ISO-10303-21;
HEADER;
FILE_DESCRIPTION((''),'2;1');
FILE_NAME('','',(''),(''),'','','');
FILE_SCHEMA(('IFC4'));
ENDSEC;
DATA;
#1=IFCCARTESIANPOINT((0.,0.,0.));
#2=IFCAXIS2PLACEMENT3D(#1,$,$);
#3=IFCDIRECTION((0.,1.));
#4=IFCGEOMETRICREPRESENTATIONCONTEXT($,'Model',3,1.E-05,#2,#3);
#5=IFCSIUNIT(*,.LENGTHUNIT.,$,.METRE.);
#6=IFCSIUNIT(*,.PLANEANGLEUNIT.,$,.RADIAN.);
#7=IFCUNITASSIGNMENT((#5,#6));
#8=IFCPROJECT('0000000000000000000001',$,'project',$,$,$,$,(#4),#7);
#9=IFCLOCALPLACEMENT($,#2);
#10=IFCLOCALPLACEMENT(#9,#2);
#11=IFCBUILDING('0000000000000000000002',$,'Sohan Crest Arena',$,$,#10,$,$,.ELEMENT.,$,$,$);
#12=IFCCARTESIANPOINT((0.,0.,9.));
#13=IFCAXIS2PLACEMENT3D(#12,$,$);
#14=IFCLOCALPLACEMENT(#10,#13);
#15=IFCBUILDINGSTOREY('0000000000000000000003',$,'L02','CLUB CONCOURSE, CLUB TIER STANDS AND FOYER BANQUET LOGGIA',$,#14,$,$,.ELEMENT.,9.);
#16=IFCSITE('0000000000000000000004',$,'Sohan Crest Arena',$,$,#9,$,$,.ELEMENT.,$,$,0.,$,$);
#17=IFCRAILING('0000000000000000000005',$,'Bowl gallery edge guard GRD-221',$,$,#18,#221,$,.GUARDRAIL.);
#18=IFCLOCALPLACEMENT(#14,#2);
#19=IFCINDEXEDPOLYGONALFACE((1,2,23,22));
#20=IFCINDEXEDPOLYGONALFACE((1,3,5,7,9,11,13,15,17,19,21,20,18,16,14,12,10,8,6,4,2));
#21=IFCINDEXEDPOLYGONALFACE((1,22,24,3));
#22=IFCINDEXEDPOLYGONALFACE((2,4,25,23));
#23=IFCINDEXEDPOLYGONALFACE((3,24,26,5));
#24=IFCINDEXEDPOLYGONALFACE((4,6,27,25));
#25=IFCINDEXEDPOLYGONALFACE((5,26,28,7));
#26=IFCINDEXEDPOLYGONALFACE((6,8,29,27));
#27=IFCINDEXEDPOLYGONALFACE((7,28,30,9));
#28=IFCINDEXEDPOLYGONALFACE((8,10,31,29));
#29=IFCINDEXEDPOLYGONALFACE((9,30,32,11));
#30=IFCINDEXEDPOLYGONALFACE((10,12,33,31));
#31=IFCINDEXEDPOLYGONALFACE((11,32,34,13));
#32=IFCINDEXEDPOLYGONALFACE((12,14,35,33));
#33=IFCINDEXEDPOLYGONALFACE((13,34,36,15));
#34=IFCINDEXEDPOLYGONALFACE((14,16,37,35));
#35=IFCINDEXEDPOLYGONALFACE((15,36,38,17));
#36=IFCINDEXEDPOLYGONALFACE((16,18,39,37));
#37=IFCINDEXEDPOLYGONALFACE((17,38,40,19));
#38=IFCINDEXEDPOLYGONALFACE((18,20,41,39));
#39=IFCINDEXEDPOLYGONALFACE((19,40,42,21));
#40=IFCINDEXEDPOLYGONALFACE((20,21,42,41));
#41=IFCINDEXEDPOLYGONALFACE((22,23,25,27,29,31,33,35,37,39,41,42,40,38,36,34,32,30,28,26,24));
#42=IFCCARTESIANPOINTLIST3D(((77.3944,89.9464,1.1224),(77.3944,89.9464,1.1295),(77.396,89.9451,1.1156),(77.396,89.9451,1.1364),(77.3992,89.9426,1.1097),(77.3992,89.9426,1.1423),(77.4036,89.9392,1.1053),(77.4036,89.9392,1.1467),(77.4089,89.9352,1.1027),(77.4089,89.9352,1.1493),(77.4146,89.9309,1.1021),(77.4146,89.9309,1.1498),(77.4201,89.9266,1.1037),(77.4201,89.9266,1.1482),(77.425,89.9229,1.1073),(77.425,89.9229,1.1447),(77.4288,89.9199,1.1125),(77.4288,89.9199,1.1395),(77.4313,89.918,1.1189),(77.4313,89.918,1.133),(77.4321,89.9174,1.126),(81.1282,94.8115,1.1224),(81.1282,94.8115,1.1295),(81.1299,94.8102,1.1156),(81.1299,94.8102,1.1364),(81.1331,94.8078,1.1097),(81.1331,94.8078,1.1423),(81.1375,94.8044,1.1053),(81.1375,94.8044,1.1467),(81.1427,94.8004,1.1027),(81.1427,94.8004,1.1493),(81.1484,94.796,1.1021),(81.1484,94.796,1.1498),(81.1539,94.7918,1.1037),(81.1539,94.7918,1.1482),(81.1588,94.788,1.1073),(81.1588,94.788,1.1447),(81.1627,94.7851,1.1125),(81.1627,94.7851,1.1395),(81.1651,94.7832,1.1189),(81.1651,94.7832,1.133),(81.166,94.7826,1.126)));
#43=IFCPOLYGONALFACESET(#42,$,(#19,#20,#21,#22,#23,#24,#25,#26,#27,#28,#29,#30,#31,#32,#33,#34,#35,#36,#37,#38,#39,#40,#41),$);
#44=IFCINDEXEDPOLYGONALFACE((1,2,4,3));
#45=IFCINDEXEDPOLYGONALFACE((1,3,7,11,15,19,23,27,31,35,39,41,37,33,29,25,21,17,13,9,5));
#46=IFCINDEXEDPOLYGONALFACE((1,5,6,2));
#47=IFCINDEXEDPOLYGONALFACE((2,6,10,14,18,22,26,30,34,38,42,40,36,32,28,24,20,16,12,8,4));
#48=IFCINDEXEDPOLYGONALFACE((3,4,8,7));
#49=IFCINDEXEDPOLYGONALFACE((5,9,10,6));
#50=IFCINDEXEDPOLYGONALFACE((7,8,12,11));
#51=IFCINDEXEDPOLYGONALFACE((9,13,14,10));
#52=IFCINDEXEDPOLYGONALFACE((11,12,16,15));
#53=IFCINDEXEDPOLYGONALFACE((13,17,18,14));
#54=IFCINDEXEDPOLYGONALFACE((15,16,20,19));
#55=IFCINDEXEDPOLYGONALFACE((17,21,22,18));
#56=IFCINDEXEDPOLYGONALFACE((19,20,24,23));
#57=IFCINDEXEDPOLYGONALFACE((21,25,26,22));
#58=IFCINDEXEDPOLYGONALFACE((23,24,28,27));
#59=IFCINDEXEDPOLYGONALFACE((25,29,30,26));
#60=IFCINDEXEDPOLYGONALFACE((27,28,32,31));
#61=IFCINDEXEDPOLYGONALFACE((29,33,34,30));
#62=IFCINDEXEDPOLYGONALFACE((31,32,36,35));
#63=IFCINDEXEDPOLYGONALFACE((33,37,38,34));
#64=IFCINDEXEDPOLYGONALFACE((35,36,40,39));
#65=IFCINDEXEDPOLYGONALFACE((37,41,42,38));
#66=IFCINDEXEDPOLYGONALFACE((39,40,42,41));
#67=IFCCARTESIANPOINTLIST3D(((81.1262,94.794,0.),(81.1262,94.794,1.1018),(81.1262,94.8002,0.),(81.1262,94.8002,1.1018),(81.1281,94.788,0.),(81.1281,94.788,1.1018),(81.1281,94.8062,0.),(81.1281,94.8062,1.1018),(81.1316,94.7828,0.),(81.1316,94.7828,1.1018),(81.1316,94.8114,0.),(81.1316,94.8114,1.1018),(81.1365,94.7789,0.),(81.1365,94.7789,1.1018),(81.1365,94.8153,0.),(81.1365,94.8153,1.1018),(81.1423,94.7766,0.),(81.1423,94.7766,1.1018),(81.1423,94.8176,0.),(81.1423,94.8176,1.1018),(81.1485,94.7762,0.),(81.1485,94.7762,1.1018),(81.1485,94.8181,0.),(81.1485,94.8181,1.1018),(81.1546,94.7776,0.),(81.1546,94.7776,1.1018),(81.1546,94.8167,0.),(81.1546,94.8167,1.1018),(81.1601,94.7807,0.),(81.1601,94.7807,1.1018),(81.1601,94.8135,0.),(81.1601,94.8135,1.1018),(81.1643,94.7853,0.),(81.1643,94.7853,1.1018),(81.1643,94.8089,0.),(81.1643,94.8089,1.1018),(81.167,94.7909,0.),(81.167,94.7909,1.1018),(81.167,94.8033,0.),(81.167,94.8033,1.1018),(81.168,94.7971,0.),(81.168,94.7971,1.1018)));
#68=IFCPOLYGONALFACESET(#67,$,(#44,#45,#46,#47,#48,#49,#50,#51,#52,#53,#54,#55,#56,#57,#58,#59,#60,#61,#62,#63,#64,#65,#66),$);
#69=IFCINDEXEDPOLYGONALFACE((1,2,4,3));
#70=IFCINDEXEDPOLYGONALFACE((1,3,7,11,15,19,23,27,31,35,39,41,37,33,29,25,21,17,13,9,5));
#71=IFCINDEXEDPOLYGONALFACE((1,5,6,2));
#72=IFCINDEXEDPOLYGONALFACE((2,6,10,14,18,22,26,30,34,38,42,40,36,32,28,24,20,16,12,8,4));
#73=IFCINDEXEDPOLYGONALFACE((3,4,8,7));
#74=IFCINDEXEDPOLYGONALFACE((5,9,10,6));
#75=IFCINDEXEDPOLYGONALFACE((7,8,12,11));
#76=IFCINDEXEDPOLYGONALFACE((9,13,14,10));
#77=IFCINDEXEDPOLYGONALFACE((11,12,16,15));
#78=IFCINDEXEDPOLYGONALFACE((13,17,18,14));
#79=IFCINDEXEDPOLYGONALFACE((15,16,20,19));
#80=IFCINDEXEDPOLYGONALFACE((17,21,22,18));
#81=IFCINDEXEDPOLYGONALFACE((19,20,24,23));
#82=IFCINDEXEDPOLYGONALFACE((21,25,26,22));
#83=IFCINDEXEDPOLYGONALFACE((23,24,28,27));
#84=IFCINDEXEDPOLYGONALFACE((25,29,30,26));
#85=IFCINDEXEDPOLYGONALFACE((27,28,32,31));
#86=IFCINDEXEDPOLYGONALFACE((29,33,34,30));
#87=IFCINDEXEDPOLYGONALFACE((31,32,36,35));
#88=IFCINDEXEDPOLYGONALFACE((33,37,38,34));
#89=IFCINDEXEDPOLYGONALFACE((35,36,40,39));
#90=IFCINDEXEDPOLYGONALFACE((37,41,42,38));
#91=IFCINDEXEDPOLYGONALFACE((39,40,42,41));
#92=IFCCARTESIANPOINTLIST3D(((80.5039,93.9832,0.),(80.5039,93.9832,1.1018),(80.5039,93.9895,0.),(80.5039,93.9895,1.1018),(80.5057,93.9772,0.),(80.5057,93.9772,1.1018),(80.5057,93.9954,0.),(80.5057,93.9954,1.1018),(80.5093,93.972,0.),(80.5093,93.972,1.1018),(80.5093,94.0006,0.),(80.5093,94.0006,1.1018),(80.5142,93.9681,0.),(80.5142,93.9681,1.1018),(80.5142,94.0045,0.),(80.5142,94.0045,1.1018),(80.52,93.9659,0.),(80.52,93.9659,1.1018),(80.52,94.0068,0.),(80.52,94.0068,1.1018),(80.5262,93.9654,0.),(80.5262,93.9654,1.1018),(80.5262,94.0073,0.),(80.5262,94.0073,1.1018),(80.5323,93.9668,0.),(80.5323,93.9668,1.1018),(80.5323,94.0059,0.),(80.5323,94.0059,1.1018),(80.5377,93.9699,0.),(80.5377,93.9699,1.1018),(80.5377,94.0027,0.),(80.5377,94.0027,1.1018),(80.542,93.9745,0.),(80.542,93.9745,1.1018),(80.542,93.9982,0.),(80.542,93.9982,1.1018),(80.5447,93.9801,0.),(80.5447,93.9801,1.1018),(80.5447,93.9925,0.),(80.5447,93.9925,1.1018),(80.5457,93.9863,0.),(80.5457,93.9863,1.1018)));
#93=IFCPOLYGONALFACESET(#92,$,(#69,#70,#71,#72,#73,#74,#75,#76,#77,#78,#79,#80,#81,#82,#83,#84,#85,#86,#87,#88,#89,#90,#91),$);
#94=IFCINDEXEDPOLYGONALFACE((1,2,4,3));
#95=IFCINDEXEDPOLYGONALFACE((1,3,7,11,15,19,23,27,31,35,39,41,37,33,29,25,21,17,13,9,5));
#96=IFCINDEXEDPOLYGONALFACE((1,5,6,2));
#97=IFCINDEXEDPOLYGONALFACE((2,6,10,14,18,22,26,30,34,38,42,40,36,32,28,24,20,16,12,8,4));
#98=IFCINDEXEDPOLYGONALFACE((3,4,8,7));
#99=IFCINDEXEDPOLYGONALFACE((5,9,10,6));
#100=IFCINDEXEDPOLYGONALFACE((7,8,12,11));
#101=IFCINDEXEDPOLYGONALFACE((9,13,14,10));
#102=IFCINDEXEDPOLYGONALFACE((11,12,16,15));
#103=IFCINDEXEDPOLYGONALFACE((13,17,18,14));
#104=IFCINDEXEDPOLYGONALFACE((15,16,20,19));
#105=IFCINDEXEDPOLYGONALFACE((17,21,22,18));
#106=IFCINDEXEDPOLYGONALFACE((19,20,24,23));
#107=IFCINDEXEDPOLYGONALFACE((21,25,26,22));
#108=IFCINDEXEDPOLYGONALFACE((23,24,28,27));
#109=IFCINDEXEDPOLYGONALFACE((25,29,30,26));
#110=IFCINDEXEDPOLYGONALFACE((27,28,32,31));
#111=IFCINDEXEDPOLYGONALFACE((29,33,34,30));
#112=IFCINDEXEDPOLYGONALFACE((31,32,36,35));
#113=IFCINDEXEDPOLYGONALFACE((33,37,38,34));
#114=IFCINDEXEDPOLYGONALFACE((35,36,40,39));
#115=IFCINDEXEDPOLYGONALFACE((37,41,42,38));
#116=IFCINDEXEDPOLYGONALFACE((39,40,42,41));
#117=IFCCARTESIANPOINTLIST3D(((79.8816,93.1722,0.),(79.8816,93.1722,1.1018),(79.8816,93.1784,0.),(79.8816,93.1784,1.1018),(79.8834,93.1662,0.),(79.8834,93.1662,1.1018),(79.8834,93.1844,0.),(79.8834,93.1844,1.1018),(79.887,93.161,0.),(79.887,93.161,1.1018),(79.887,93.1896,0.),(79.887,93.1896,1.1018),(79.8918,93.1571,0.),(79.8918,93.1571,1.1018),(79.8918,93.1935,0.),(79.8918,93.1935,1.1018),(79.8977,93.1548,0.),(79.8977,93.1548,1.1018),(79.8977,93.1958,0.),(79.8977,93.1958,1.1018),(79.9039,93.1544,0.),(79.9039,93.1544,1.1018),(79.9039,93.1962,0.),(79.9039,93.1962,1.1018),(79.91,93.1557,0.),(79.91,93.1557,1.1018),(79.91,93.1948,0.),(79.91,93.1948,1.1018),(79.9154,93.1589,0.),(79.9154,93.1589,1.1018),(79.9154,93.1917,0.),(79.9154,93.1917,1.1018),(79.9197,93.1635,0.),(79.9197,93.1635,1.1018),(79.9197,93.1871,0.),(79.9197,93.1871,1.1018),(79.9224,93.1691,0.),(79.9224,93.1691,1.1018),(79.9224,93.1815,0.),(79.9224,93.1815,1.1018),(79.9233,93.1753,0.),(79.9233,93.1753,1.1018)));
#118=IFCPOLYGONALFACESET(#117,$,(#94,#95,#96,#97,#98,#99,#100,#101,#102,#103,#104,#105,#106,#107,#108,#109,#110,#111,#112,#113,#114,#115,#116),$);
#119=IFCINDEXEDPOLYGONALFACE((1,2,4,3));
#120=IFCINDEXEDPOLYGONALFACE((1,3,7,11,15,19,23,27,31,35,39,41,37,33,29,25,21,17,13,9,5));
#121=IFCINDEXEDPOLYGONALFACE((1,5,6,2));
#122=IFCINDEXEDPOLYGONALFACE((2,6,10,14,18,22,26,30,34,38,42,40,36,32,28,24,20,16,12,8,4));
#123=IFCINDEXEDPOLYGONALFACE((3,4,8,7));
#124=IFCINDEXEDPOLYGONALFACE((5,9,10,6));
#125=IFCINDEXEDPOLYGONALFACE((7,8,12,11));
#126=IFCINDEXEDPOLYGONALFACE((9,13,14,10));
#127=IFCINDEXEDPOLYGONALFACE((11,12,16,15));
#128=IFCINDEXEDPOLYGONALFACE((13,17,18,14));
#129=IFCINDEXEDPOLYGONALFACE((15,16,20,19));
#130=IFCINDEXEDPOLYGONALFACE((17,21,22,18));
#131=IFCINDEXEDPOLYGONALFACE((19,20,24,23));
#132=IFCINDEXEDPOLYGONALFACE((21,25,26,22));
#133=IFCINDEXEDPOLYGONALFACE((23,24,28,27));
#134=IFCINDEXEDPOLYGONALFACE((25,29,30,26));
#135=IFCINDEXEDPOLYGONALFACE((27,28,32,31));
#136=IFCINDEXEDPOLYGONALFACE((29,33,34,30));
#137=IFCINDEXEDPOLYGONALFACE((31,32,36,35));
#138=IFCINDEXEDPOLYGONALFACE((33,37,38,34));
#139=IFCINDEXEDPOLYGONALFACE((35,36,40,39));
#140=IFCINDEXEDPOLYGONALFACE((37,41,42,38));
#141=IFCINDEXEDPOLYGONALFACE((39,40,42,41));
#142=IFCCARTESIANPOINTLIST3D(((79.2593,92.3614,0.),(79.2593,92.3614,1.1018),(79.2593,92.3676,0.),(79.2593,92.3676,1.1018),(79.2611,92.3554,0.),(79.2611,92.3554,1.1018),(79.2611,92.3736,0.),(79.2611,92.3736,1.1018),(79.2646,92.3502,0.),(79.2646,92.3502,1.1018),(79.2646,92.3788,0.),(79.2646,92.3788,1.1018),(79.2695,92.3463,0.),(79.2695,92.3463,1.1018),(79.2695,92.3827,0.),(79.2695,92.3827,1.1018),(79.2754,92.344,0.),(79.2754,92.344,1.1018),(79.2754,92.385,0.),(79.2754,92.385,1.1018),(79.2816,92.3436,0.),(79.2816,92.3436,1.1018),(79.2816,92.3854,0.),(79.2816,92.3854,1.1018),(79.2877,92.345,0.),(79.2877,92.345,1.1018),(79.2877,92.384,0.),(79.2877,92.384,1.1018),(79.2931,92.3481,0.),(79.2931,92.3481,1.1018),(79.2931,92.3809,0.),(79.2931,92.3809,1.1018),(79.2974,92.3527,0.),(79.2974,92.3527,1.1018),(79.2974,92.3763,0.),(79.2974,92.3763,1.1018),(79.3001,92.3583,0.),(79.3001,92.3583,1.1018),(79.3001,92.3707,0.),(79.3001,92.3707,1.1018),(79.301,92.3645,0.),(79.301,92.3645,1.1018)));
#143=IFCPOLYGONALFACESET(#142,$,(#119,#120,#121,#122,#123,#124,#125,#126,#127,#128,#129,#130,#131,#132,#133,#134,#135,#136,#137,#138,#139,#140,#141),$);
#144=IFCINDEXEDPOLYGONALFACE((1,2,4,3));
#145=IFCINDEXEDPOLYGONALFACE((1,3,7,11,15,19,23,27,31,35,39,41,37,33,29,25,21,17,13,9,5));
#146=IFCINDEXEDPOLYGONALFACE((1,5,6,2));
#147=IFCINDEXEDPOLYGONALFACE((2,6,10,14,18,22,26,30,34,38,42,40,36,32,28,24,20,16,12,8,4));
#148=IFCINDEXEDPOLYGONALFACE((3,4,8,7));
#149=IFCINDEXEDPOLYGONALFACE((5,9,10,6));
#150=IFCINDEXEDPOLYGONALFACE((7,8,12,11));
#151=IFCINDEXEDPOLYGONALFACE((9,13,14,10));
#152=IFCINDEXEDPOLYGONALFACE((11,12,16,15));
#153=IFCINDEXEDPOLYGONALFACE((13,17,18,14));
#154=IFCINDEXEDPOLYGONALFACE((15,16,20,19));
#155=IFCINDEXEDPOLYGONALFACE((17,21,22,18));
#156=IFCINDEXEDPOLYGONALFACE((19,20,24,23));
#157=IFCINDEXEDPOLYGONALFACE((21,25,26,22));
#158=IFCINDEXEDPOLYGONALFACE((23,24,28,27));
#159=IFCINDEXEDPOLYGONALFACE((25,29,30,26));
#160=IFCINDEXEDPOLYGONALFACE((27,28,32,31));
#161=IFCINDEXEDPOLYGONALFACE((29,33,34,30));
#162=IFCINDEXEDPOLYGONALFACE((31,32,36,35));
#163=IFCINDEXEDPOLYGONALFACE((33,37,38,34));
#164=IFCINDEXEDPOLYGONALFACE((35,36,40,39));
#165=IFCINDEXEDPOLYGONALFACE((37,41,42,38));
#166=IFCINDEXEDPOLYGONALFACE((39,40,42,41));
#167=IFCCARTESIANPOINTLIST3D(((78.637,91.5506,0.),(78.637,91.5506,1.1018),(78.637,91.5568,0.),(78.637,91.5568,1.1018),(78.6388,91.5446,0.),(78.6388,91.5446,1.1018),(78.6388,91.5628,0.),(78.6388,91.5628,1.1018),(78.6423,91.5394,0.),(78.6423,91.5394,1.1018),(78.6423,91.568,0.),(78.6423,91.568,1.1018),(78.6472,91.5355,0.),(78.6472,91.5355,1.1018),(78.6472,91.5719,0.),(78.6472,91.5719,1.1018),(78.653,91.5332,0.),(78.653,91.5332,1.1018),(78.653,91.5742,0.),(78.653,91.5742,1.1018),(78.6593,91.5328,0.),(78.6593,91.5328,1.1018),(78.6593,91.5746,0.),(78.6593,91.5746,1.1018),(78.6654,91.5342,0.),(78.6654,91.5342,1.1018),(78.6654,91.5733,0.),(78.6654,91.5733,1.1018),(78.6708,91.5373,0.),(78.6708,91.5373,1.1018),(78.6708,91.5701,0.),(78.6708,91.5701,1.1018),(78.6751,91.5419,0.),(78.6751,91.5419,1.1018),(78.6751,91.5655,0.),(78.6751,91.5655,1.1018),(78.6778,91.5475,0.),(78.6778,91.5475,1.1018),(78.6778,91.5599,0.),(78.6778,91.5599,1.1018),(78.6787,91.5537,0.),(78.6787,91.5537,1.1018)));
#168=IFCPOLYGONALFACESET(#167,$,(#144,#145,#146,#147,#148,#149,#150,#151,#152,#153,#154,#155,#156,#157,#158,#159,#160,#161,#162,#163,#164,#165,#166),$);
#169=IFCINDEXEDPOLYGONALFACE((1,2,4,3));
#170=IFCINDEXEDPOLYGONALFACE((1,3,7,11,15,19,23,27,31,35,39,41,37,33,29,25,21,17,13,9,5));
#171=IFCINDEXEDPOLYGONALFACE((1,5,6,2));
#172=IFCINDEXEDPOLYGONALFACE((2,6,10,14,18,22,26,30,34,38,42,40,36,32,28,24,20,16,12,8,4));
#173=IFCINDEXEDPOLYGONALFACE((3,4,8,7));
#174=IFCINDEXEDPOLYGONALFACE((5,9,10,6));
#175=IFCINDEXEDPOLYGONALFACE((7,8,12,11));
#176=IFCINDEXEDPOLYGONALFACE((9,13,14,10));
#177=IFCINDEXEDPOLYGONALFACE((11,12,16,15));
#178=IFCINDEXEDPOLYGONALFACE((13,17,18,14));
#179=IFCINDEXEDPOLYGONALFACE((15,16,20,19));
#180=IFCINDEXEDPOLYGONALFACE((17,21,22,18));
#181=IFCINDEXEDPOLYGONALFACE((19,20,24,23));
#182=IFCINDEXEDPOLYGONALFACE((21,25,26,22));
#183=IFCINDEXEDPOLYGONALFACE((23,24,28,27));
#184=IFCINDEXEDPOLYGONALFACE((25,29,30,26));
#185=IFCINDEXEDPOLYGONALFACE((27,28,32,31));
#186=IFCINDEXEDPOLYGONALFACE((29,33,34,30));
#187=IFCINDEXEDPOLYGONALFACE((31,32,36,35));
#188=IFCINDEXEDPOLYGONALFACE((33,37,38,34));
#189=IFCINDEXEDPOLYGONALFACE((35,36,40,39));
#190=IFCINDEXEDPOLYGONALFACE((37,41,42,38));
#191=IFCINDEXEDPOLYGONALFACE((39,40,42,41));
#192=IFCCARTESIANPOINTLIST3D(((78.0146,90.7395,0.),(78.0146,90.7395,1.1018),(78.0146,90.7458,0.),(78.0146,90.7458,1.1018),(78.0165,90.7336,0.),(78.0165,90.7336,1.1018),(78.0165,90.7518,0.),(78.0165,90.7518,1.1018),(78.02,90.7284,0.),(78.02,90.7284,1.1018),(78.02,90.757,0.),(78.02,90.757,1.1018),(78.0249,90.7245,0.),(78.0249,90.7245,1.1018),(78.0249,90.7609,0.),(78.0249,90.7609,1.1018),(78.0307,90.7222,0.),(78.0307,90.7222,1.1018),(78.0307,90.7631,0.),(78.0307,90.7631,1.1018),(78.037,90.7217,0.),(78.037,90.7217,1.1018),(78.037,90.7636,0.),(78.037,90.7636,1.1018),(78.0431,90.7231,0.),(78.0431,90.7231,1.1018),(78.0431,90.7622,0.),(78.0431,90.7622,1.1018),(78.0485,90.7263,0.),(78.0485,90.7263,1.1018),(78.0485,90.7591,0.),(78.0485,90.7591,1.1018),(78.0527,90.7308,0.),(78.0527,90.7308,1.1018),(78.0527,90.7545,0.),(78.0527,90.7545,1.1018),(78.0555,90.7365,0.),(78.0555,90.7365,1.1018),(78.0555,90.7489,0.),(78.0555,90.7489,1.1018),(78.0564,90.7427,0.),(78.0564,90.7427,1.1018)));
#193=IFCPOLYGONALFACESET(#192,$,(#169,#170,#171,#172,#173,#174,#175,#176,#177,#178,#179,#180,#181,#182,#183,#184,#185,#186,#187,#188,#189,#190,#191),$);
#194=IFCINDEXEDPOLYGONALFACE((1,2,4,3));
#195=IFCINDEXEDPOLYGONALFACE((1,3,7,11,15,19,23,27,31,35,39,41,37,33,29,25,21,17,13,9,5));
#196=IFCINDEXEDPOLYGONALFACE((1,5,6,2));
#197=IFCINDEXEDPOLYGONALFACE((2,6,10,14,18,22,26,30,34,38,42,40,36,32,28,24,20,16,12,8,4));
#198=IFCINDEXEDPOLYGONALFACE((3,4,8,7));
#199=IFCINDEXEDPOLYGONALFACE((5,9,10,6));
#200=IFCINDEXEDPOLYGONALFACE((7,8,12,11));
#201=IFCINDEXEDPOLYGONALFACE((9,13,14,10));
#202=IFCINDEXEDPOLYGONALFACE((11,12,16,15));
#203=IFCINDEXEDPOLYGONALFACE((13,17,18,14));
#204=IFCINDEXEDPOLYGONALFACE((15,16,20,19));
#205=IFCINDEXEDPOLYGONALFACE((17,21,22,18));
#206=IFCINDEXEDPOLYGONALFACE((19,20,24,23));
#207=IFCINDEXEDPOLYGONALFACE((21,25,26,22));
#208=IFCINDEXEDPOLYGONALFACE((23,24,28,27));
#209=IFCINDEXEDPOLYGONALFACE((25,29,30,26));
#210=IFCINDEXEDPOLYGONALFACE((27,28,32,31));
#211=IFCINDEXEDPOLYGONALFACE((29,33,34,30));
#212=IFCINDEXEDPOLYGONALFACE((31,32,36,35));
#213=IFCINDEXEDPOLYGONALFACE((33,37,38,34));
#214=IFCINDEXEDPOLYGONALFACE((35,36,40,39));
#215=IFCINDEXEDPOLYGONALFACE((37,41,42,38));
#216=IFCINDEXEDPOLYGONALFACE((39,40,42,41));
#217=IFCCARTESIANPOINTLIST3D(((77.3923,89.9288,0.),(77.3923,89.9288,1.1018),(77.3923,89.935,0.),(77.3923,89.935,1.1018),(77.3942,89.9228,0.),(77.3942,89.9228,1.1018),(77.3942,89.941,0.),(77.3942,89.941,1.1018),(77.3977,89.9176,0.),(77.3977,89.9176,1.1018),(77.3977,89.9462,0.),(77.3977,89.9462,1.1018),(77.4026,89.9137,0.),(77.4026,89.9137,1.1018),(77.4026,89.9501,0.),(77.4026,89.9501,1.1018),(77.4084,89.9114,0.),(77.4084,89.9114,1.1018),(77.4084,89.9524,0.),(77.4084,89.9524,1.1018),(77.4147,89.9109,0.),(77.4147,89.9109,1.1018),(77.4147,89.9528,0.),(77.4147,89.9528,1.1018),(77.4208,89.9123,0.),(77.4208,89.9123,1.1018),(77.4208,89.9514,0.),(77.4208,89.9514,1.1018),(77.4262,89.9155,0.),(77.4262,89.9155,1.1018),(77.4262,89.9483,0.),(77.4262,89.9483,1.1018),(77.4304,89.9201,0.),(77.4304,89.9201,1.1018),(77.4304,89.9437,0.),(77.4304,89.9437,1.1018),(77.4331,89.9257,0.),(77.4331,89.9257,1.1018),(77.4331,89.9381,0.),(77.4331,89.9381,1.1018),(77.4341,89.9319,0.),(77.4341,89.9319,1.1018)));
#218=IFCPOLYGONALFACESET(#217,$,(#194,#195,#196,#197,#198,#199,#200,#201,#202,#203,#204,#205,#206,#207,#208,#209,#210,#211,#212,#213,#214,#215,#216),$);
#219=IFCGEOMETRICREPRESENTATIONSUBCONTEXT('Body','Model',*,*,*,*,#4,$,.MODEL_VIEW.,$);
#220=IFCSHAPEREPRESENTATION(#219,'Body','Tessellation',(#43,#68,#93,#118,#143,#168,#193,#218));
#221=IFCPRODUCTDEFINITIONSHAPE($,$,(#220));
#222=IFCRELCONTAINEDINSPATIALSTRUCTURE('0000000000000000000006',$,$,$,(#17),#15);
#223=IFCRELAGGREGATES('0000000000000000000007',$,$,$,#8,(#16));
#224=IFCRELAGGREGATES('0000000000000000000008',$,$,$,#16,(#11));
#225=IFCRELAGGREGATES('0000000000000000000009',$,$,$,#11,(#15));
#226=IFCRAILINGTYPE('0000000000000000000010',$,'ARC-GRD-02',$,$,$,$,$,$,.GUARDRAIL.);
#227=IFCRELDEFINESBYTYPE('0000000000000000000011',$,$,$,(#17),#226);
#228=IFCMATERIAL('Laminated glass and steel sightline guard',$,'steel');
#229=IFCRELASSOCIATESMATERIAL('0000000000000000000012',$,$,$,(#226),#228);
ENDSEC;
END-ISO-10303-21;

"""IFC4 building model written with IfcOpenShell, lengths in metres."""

from ifc_helpers import new_model, si_unit, direction, frame, origin, origin_2d, place, context, subcontext, project, spatial, circle, extrude, material, type_object, element, save


model = new_model("IFC4")

# Units and contexts
model_context = context("Model", 3, precision=1e-05, world=origin(), true_north=direction((0.0, 1.0)))
body_context = subcontext(model_context, "Body", "Model", "MODEL_VIEW")
ifc_project = project(units=[si_unit("LENGTHUNIT", "METRE"), si_unit("PLANEANGLEUNIT", "RADIAN")], contexts=[model_context])

# Site, building, storey
site_placement = place(None, origin())
site = spatial("IfcSite", under=ifc_project, at=site_placement, Name="Sohan Crest Arena", CompositionType="ELEMENT", RefElevation=0.0)
building_placement = place(site_placement, origin())
building = spatial("IfcBuilding", under=site, at=building_placement, Name="Sohan Crest Arena", CompositionType="ELEMENT")
storey_placement = place(building_placement, frame((0.0, 0.0, 9.0)))
storey = spatial("IfcBuildingStorey", under=building, at=storey_placement, Name="L02", Description="CLUB CONCOURSE, CLUB TIER STANDS AND FOYER BANQUET LOGGIA", CompositionType="ELEMENT", Elevation=9.0)

# Railing
ifc_material_1 = material(Name="Laminated glass and steel sightline guard", Category="steel")
railing_type = type_object("IfcRailingType", Name="ARC-GRD-02", PredefinedType="GUARDRAIL", material=ifc_material_1)
railing_1_placement = place(storey_placement, frame((81.147, 94.7971, 0.0)))
element("IfcRailing", 1, at=railing_1_placement, inside=storey, type_object=railing_type, Name="Bowl gallery edge guard GRD-221", PredefinedType="GUARDRAIL", context=body_context, shape_type="SweptSolid", body=[
    extrude(circle(Radius=0.0239, at=origin_2d()), frame((0.0, 0.0, 1.126), z_axis=(-0.608829, -0.793301, 0.0), x_axis=(0.793301, -0.608829, 0.0)), (0.0, 0.0, 1.0), 6.1328),
    extrude(circle(Radius=0.021, at=origin_2d()), origin(), (0.0, 0.0, 1.0), 1.1018),
    extrude(circle(Radius=0.021, at=origin_2d()), frame((-0.6223, -0.8108, 0.0)), (0.0, 0.0, 1.0), 1.1018),
    extrude(circle(Radius=0.021, at=origin_2d()), frame((-1.2446, -1.6218, 0.0)), (0.0, 0.0, 1.0), 1.1018),
    extrude(circle(Radius=0.021, at=origin_2d()), frame((-1.8669, -2.4326, 0.0)), (0.0, 0.0, 1.0), 1.1018),
    extrude(circle(Radius=0.021, at=origin_2d()), frame((-2.4893, -3.2434, 0.0)), (0.0, 0.0, 1.0), 1.1018),
    extrude(circle(Radius=0.021, at=origin_2d()), frame((-3.1116, -4.0544, 0.0)), (0.0, 0.0, 1.0), 1.1018),
    extrude(circle(Radius=0.021, at=origin_2d()), frame((-3.7339, -4.8652, 0.0)), (0.0, 0.0, 1.0), 1.1018),
])

save(model, "model.ifc")
